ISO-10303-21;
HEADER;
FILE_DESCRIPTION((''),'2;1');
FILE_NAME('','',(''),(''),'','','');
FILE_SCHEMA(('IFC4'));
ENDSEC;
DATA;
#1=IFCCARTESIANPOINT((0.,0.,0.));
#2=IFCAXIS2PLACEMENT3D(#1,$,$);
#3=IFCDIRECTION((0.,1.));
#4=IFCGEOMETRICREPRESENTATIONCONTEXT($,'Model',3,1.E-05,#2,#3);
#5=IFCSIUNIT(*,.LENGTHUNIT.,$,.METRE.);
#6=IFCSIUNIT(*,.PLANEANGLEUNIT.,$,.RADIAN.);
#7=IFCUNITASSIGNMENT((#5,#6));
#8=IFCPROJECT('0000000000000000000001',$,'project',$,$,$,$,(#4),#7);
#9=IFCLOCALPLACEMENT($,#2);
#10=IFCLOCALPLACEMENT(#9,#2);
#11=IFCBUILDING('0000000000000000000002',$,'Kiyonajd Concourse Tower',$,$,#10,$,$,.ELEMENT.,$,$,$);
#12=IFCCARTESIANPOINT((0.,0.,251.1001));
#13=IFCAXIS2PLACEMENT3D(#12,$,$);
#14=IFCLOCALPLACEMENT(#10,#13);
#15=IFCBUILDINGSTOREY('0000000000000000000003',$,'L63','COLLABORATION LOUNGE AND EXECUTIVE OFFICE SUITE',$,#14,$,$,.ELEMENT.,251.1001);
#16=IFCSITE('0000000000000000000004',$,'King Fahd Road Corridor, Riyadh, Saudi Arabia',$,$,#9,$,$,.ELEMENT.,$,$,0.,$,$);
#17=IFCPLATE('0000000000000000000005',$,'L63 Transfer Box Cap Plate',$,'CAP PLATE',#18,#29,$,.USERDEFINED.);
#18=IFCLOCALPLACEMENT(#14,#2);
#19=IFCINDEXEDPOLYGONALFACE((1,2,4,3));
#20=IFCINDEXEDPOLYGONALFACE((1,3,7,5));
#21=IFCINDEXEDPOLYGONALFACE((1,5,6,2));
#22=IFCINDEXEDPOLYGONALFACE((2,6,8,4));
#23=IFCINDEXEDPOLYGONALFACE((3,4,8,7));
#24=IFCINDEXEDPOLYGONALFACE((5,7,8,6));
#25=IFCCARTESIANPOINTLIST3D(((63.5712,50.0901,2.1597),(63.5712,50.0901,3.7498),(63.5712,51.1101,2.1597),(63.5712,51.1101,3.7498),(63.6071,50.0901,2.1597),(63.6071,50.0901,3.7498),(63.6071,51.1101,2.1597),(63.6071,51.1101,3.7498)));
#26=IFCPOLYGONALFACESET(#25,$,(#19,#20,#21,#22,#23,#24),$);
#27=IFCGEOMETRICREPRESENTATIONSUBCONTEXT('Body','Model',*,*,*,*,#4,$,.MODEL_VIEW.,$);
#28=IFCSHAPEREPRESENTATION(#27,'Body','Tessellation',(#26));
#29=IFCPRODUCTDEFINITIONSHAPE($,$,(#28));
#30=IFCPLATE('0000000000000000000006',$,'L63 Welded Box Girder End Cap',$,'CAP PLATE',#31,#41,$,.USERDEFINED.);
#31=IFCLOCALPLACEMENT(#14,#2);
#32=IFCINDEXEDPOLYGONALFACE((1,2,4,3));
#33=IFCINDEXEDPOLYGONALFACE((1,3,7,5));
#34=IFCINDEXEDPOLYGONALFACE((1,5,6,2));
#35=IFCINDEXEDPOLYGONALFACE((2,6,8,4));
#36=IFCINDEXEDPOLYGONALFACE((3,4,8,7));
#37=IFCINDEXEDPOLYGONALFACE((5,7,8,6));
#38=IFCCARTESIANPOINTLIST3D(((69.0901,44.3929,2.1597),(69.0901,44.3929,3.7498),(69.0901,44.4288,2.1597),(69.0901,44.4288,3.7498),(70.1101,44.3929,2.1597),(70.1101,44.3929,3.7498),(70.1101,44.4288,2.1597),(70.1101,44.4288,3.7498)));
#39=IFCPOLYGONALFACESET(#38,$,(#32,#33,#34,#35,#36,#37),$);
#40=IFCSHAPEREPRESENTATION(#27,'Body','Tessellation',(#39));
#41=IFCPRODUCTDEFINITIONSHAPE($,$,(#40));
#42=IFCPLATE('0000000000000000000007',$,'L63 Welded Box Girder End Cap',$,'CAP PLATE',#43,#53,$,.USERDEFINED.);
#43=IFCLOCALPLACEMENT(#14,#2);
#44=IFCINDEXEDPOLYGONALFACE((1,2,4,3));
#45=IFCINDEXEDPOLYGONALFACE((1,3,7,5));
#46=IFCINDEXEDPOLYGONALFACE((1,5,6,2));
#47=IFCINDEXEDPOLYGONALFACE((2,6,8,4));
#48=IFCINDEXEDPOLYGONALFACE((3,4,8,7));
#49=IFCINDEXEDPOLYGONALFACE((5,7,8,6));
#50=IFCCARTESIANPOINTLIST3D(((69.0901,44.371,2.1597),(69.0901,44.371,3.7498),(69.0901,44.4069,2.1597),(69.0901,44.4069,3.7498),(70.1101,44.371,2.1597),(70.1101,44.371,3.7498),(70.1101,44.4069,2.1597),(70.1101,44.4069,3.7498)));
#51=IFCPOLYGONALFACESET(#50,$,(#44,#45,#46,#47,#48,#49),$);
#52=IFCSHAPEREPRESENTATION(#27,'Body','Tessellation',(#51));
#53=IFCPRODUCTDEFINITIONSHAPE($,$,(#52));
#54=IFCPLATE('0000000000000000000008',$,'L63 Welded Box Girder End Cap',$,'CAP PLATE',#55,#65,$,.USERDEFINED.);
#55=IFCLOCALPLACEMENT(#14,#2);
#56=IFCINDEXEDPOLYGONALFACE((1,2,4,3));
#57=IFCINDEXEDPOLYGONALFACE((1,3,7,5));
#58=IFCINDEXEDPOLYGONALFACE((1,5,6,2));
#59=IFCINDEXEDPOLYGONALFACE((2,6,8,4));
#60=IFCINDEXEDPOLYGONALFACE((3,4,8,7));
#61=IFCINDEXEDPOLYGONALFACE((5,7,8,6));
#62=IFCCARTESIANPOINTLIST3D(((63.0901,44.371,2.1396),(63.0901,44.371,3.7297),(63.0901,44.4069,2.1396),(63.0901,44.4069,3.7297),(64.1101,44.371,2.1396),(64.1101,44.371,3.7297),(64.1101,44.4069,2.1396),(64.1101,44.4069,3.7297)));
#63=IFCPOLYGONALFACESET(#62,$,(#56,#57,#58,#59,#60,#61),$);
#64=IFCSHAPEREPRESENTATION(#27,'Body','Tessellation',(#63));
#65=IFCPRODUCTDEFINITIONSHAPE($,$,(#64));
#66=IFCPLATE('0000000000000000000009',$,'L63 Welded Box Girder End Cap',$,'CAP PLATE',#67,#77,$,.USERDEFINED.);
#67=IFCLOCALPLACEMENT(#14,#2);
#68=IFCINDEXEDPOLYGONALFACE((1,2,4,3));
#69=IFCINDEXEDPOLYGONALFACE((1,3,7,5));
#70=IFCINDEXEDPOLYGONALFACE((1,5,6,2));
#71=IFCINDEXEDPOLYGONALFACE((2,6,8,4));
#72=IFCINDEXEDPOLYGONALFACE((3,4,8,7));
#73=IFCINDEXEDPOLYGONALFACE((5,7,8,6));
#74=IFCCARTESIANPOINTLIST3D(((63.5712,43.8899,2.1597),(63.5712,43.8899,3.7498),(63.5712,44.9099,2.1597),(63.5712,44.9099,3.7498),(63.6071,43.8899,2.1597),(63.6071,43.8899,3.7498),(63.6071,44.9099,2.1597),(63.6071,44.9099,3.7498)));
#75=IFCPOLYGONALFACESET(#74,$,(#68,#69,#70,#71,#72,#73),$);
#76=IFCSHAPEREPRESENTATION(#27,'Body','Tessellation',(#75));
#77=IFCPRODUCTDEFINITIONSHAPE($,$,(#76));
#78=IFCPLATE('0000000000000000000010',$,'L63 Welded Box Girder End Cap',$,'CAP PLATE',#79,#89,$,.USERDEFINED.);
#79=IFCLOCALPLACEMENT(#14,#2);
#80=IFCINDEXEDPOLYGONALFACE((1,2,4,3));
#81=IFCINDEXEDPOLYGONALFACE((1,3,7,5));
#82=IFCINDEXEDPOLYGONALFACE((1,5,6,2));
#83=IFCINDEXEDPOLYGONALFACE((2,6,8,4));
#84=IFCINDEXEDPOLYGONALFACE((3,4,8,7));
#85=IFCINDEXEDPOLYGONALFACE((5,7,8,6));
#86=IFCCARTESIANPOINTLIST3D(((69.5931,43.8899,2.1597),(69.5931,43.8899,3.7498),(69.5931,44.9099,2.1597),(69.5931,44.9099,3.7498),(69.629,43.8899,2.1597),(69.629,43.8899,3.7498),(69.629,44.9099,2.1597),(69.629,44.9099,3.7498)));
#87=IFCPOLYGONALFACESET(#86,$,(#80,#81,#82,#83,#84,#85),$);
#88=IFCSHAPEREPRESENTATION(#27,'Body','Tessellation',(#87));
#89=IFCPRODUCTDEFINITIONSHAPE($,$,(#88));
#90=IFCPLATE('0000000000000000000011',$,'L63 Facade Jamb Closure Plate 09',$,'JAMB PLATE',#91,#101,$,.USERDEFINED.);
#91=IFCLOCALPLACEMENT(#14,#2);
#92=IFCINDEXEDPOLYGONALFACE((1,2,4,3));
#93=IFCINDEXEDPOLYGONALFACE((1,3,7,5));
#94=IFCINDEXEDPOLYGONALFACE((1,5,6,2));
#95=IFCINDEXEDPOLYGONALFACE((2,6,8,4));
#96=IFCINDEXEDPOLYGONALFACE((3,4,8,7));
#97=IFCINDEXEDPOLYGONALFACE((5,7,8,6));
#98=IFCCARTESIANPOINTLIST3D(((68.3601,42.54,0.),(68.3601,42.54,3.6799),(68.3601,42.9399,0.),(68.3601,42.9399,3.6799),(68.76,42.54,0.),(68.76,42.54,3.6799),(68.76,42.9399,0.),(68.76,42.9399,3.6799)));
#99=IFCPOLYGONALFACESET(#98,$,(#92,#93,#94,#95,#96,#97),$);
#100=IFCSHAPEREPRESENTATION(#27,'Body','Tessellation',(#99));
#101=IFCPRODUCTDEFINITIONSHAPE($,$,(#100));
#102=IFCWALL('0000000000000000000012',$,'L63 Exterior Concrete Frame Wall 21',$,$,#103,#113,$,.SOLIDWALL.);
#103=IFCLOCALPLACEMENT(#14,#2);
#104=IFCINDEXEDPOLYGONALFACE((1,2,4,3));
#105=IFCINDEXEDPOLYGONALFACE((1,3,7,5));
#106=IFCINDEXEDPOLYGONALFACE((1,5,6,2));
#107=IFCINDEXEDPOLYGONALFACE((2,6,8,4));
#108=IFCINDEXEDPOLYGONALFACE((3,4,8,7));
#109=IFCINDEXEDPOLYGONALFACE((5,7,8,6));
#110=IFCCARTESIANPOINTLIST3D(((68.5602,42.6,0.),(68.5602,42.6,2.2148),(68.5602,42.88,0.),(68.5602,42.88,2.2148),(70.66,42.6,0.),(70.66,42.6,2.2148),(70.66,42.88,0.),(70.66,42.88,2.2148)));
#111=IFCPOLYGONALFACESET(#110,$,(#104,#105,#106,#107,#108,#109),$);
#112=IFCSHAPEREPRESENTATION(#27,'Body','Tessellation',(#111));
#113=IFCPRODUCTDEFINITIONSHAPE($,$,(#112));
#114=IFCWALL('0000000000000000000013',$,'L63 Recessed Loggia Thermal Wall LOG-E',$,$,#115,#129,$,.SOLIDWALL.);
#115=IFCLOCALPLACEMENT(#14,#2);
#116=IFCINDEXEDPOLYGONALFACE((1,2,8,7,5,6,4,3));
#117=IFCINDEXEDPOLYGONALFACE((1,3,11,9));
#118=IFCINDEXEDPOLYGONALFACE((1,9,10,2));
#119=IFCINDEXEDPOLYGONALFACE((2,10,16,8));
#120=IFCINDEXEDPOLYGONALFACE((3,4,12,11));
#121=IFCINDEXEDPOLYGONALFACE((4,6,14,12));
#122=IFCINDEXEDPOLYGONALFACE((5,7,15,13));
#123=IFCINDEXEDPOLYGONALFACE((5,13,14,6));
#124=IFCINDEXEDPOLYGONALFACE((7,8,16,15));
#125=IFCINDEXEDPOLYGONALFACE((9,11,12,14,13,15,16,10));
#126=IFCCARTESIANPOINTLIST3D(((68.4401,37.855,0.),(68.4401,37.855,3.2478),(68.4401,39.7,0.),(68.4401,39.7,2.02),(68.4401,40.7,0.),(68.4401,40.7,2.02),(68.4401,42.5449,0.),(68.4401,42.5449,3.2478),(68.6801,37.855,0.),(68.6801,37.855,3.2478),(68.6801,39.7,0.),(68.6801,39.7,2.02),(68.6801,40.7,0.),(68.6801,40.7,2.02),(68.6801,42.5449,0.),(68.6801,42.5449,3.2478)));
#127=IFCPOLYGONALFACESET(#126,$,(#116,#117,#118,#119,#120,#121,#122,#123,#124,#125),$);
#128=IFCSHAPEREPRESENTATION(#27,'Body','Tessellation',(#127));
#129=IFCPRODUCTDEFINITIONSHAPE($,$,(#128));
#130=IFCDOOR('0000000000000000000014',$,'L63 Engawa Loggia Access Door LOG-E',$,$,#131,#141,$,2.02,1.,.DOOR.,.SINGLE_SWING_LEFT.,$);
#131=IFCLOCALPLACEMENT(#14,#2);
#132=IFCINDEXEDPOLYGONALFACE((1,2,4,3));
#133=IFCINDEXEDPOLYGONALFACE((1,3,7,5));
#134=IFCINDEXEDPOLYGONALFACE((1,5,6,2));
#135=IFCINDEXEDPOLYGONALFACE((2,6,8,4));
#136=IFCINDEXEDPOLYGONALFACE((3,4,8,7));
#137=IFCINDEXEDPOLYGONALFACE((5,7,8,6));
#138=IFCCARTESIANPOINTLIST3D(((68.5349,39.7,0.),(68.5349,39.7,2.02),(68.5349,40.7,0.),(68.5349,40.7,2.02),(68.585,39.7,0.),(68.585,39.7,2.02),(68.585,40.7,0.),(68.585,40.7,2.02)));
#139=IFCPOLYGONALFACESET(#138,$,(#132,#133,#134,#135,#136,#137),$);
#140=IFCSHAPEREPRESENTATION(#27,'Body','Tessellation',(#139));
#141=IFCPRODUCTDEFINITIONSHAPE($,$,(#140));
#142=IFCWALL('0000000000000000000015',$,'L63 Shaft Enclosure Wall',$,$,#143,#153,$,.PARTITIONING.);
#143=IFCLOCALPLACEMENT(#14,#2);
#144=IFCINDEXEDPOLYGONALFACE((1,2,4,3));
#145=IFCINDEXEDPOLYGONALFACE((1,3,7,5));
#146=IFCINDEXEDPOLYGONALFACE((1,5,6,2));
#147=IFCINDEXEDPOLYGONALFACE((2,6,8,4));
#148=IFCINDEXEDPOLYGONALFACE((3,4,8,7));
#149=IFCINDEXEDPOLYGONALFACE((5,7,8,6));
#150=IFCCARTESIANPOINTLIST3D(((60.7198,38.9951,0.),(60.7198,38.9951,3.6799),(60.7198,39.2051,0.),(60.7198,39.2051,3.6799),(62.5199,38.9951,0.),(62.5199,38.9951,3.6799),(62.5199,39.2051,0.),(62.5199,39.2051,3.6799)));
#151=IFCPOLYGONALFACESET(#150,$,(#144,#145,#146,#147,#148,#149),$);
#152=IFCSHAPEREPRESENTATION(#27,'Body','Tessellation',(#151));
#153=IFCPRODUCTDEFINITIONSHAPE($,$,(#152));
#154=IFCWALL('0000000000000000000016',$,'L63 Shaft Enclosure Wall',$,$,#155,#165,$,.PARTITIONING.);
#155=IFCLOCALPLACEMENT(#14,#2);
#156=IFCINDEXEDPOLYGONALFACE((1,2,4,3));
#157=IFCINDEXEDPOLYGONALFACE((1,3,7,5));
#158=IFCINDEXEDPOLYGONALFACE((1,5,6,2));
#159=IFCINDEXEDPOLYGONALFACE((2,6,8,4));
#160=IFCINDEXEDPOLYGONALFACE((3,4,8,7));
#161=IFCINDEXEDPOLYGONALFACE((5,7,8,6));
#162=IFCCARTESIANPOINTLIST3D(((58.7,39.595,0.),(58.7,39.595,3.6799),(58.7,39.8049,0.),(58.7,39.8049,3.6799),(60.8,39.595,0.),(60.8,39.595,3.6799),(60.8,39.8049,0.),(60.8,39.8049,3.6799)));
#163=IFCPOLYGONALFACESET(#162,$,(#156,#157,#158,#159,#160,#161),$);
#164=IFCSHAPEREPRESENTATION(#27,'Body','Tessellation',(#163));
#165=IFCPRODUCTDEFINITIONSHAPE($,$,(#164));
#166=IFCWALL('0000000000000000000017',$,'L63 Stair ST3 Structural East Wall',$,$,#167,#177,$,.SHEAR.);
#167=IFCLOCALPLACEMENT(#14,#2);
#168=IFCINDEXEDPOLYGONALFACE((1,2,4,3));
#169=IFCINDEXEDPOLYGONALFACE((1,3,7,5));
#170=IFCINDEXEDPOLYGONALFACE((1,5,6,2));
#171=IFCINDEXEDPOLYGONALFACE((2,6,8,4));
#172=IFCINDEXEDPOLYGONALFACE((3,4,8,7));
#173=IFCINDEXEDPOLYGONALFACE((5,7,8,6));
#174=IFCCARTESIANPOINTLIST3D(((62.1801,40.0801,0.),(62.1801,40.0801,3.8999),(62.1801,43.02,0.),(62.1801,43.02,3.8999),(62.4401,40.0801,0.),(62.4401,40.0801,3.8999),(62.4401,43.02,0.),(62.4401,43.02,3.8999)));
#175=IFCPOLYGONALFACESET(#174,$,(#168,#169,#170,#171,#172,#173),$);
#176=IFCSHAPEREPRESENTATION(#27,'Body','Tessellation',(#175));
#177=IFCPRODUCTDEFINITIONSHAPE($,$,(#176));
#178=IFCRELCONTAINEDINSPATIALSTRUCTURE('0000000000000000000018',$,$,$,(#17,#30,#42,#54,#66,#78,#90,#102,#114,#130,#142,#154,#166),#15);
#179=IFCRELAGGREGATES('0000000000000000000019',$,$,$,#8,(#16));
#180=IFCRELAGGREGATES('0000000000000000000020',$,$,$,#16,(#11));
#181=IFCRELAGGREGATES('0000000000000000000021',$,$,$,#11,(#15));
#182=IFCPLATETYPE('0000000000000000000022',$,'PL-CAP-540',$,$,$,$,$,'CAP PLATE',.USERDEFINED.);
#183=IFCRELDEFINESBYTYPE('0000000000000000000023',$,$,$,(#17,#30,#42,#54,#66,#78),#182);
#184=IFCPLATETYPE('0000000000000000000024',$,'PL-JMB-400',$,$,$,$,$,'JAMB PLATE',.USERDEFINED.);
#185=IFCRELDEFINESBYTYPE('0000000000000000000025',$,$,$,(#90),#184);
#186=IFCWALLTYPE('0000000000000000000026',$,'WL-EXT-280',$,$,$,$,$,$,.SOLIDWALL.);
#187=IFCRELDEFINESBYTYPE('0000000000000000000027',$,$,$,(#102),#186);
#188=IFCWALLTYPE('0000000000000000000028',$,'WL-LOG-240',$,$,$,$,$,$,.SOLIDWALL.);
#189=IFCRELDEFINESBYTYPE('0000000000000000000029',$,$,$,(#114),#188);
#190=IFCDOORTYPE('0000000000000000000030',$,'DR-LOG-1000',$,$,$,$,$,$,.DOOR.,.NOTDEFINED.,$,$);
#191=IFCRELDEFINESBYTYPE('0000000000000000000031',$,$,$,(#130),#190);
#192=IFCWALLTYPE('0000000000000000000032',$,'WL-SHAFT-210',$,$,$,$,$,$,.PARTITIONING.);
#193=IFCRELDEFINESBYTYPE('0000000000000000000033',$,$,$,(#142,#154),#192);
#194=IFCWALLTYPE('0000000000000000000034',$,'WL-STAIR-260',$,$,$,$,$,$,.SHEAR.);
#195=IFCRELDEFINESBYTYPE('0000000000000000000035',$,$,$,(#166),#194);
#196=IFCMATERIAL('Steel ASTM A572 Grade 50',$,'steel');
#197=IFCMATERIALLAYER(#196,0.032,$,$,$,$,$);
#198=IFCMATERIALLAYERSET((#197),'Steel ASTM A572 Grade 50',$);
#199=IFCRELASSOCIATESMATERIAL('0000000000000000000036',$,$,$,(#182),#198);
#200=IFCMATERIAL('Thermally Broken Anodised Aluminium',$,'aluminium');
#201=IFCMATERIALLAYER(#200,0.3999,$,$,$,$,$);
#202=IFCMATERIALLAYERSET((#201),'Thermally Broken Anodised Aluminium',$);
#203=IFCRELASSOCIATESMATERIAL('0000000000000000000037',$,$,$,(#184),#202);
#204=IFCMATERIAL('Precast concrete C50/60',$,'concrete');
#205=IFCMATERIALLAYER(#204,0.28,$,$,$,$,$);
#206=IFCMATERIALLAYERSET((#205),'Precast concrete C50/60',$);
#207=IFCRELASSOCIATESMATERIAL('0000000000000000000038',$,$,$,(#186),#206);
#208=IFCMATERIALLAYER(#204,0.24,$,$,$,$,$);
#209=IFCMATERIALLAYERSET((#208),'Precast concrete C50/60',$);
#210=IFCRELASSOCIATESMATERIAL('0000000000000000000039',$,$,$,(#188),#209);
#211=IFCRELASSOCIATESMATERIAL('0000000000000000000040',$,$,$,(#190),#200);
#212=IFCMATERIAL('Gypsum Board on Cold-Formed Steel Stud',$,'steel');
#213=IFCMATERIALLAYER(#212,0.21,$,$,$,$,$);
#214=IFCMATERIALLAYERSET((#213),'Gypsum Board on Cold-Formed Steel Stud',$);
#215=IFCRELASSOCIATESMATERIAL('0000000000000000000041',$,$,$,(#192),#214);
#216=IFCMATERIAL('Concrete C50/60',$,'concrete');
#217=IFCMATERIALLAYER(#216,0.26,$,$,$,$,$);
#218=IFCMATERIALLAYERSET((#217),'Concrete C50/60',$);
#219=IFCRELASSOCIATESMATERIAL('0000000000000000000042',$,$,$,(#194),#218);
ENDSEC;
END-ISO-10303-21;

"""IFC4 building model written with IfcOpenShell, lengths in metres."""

from ifc_helpers import new_model, si_unit, direction, frame, frame_2d, origin, origin_2d, place, context, subcontext, project, spatial, rectangle, extrude, material, layer, layer_set, type_object, element, fill, save


model = new_model("IFC4")

# Units and contexts
model_context = context("Model", 3, precision=1e-05, world=origin(), true_north=direction((0.0, 1.0)))
body_context = subcontext(model_context, "Body", "Model", "MODEL_VIEW")
ifc_project = project(units=[si_unit("LENGTHUNIT", "METRE"), si_unit("PLANEANGLEUNIT", "RADIAN")], contexts=[model_context])

# Site, building, storey
site_placement = place(None, origin())
site = spatial("IfcSite", under=ifc_project, at=site_placement, Name="King Fahd Road Corridor, Riyadh, Saudi Arabia", CompositionType="ELEMENT", RefElevation=0.0)
building_placement = place(site_placement, origin())
building = spatial("IfcBuilding", under=site, at=building_placement, Name="Kiyonajd Concourse Tower", CompositionType="ELEMENT")
storey_placement = place(building_placement, frame((0.0, 0.0, 251.1001)))
storey = spatial("IfcBuildingStorey", under=building, at=storey_placement, Name="L63", Description="COLLABORATION LOUNGE AND EXECUTIVE OFFICE SUITE", CompositionType="ELEMENT", Elevation=251.1001)

# Shared definitions
ifc_material_1 = material(Name="Steel ASTM A572 Grade 50", Category="steel")

# Plates
ifc_layer_1 = layer(ifc_material_1, 0.032)
ifc_layer_set_1 = layer_set([ifc_layer_1], Name="Steel ASTM A572 Grade 50")
plate_type_1 = type_object("IfcPlateType", Name="PL-CAP-540", ElementType="CAP PLATE", PredefinedType="USERDEFINED", material=ifc_layer_set_1)
for number, where, z_axis, x_axis, name in (
    (1, (63.5891, 50.6001, 2.1597), (0.0, 0.0, 1.0), (-1.0, 0.0, 0.0), "L63 Transfer Box Cap Plate"),
    (2, (69.6001, 44.4109, 2.1597), (0.0, 0.0, 1.0), (0.0, 1.0, 0.0), "L63 Welded Box Girder End Cap"),
    (3, (69.6001, 44.3889, 2.1597), (0.0, 0.0, 1.0), (0.0, -1.0, 0.0), "L63 Welded Box Girder End Cap"),
    (4, (63.6001, 44.3889, 2.1396), (0.0, 0.0, 1.0), (0.0, -1.0, 0.0), "L63 Welded Box Girder End Cap"),
    (5, (63.5891, 44.3999, 2.1597), (0.0, 0.0, 1.0), (-1.0, 0.0, 0.0), "L63 Welded Box Girder End Cap"),
    (6, (69.6111, 44.3999, 2.1597), (0.0, 0.0, 1.0), (1.0, 0.0, 0.0), "L63 Welded Box Girder End Cap"),
):
    element("IfcPlate", number, at=place(storey_placement, frame(where, z_axis=z_axis, x_axis=x_axis)), inside=storey, type_object=plate_type_1, Name=name, ObjectType="CAP PLATE", PredefinedType="USERDEFINED", context=body_context, shape_type="SweptSolid", body=[
        extrude(rectangle(XDim=0.0359, YDim=1.02, at=origin_2d()), origin(), (0.0, 0.0, 1.0), 1.5901),
    ])
ifc_material_2 = material(Name="Thermally Broken Anodised Aluminium", Category="aluminium")
ifc_layer_2 = layer(ifc_material_2, 0.3999)
ifc_layer_set_2 = layer_set([ifc_layer_2], Name="Thermally Broken Anodised Aluminium")
plate_type_2 = type_object("IfcPlateType", Name="PL-JMB-400", ElementType="JAMB PLATE", PredefinedType="USERDEFINED", material=ifc_layer_set_2)
plate_placement = place(storey_placement, frame((68.5601, 42.74, 0.0), z_axis=(0.0, 0.0, 1.0), x_axis=(1.0, 0.0, 0.0)))
element("IfcPlate", 7, at=plate_placement, inside=storey, type_object=plate_type_2, Name="L63 Facade Jamb Closure Plate 09", ObjectType="JAMB PLATE", PredefinedType="USERDEFINED", context=body_context, shape_type="SweptSolid", body=[
    extrude(rectangle(XDim=0.3999, YDim=0.3999, at=origin_2d()), origin(), (0.0, 0.0, 1.0), 3.6799),
])

# Wall
ifc_material_3 = material(Name="Precast concrete C50/60", Category="concrete")
ifc_layer_3 = layer(ifc_material_3, 0.28)
ifc_layer_set_3 = layer_set([ifc_layer_3], Name="Precast concrete C50/60")
wall_type_1 = type_object("IfcWallType", Name="WL-EXT-280", PredefinedType="SOLIDWALL", material=ifc_layer_set_3)
wall_1_placement = place(storey_placement, frame((70.6599, 42.74, 0.0), z_axis=(0.0, 0.0, 1.0), x_axis=(-1.0, 0.0, 0.0)))
element("IfcWall", 8, at=wall_1_placement, inside=storey, type_object=wall_type_1, Name="L63 Exterior Concrete Frame Wall 21", PredefinedType="SOLIDWALL", context=body_context, shape_type="SweptSolid", body=[
    extrude(rectangle(XDim=2.0999, YDim=0.28, at=frame_2d((1.0498, 0.0))), origin(), (0.0, 0.0, 1.0), 2.2148),
])

# Wall, opening, door
ifc_layer_4 = layer(ifc_material_3, 0.24)
ifc_layer_set_4 = layer_set([ifc_layer_4], Name="Precast concrete C50/60")
wall_type_2 = type_object("IfcWallType", Name="WL-LOG-240", PredefinedType="SOLIDWALL", material=ifc_layer_set_4)
wall_2_placement = place(storey_placement, frame((68.5601, 42.5449, 0.0), z_axis=(0.0, 0.0, 1.0), x_axis=(0.0, -1.0, 0.0)))
wall_2 = element("IfcWall", 9, at=wall_2_placement, inside=storey, type_object=wall_type_2, Name="L63 Recessed Loggia Thermal Wall LOG-E", PredefinedType="SOLIDWALL", context=body_context, shape_type="SweptSolid", body=[
    extrude(rectangle(XDim=4.6899, YDim=0.24, at=frame_2d((2.345, 0.0))), origin(), (0.0, 0.0, 1.0), 3.2478),
])
opening_placement = place(wall_2_placement, frame((1.845, 0.0, 0.0)))
opening = element("IfcOpeningElement", 10, at=opening_placement, cuts=wall_2, PredefinedType="OPENING", context=body_context, shape_type="SweptSolid", body=[
    extrude(rectangle(XDim=1.0, YDim=2.02, at=frame_2d((0.5, 1.01))), frame((0.0, 0.1299, 0.0), z_axis=(0.0, -1.0, 0.0), x_axis=(1.0, 0.0, 0.0)), (0.0, 0.0, 1.0), 0.26),
])
door_type = type_object("IfcDoorType", Name="DR-LOG-1000", OperationType="NOTDEFINED", PredefinedType="DOOR", material=ifc_material_2)
door_placement = place(opening_placement, origin())
door = element("IfcDoor", 11, at=door_placement, inside=storey, type_object=door_type, Name="L63 Engawa Loggia Access Door LOG-E", OperationType="SINGLE_SWING_LEFT", OverallHeight=2.02, OverallWidth=1.0, PredefinedType="DOOR", context=body_context, shape_type="SweptSolid", body=[
    extrude(rectangle(XDim=1.0, YDim=2.02, at=frame_2d((0.5, 1.01))), frame((0.0, 0.0249, 0.0), z_axis=(0.0, -1.0, 0.0), x_axis=(1.0, 0.0, 0.0)), (0.0, 0.0, 1.0), 0.05),
])
fill(opening, door)

# Walls
ifc_material_4 = material(Name="Gypsum Board on Cold-Formed Steel Stud", Category="steel")
ifc_layer_5 = layer(ifc_material_4, 0.21)
ifc_layer_set_5 = layer_set([ifc_layer_5], Name="Gypsum Board on Cold-Formed Steel Stud")
wall_type_3 = type_object("IfcWallType", Name="WL-SHAFT-210", PredefinedType="PARTITIONING", material=ifc_layer_set_5)
wall_3_placement = place(storey_placement, frame((60.72, 39.1001, 0.0), z_axis=(0.0, 0.0, 1.0), x_axis=(1.0, 0.0, 0.0)))
element("IfcWall", 12, at=wall_3_placement, inside=storey, type_object=wall_type_3, Name="L63 Shaft Enclosure Wall", PredefinedType="PARTITIONING", context=body_context, shape_type="SweptSolid", body=[
    extrude(rectangle(XDim=1.8, YDim=0.21, at=frame_2d((0.8999, 0.0))), origin(), (0.0, 0.0, 1.0), 3.6799),
])
wall_4_placement = place(storey_placement, frame((58.7, 39.7, 0.0), z_axis=(0.0, 0.0, 1.0), x_axis=(1.0, 0.0, 0.0)))
element("IfcWall", 13, at=wall_4_placement, inside=storey, type_object=wall_type_3, Name="L63 Shaft Enclosure Wall", PredefinedType="PARTITIONING", context=body_context, shape_type="SweptSolid", body=[
    extrude(rectangle(XDim=2.1001, YDim=0.21, at=frame_2d((1.05, 0.0))), origin(), (0.0, 0.0, 1.0), 3.6799),
])
ifc_material_5 = material(Name="Concrete C50/60", Category="concrete")
ifc_layer_6 = layer(ifc_material_5, 0.26)
ifc_layer_set_6 = layer_set([ifc_layer_6], Name="Concrete C50/60")
wall_type_4 = type_object("IfcWallType", Name="WL-STAIR-260", PredefinedType="SHEAR", material=ifc_layer_set_6)
wall_5_placement = place(storey_placement, frame((62.3101, 40.0801, 0.0), z_axis=(0.0, 0.0, 1.0), x_axis=(0.0, 1.0, 0.0)))
element("IfcWall", 14, at=wall_5_placement, inside=storey, type_object=wall_type_4, Name="L63 Stair ST3 Structural East Wall", PredefinedType="SHEAR", context=body_context, shape_type="SweptSolid", body=[
    extrude(rectangle(XDim=2.9399, YDim=0.26, at=frame_2d((1.47, 0.0))), origin(), (0.0, 0.0, 1.0), 3.8999),
])

save(model, "model.ifc")
